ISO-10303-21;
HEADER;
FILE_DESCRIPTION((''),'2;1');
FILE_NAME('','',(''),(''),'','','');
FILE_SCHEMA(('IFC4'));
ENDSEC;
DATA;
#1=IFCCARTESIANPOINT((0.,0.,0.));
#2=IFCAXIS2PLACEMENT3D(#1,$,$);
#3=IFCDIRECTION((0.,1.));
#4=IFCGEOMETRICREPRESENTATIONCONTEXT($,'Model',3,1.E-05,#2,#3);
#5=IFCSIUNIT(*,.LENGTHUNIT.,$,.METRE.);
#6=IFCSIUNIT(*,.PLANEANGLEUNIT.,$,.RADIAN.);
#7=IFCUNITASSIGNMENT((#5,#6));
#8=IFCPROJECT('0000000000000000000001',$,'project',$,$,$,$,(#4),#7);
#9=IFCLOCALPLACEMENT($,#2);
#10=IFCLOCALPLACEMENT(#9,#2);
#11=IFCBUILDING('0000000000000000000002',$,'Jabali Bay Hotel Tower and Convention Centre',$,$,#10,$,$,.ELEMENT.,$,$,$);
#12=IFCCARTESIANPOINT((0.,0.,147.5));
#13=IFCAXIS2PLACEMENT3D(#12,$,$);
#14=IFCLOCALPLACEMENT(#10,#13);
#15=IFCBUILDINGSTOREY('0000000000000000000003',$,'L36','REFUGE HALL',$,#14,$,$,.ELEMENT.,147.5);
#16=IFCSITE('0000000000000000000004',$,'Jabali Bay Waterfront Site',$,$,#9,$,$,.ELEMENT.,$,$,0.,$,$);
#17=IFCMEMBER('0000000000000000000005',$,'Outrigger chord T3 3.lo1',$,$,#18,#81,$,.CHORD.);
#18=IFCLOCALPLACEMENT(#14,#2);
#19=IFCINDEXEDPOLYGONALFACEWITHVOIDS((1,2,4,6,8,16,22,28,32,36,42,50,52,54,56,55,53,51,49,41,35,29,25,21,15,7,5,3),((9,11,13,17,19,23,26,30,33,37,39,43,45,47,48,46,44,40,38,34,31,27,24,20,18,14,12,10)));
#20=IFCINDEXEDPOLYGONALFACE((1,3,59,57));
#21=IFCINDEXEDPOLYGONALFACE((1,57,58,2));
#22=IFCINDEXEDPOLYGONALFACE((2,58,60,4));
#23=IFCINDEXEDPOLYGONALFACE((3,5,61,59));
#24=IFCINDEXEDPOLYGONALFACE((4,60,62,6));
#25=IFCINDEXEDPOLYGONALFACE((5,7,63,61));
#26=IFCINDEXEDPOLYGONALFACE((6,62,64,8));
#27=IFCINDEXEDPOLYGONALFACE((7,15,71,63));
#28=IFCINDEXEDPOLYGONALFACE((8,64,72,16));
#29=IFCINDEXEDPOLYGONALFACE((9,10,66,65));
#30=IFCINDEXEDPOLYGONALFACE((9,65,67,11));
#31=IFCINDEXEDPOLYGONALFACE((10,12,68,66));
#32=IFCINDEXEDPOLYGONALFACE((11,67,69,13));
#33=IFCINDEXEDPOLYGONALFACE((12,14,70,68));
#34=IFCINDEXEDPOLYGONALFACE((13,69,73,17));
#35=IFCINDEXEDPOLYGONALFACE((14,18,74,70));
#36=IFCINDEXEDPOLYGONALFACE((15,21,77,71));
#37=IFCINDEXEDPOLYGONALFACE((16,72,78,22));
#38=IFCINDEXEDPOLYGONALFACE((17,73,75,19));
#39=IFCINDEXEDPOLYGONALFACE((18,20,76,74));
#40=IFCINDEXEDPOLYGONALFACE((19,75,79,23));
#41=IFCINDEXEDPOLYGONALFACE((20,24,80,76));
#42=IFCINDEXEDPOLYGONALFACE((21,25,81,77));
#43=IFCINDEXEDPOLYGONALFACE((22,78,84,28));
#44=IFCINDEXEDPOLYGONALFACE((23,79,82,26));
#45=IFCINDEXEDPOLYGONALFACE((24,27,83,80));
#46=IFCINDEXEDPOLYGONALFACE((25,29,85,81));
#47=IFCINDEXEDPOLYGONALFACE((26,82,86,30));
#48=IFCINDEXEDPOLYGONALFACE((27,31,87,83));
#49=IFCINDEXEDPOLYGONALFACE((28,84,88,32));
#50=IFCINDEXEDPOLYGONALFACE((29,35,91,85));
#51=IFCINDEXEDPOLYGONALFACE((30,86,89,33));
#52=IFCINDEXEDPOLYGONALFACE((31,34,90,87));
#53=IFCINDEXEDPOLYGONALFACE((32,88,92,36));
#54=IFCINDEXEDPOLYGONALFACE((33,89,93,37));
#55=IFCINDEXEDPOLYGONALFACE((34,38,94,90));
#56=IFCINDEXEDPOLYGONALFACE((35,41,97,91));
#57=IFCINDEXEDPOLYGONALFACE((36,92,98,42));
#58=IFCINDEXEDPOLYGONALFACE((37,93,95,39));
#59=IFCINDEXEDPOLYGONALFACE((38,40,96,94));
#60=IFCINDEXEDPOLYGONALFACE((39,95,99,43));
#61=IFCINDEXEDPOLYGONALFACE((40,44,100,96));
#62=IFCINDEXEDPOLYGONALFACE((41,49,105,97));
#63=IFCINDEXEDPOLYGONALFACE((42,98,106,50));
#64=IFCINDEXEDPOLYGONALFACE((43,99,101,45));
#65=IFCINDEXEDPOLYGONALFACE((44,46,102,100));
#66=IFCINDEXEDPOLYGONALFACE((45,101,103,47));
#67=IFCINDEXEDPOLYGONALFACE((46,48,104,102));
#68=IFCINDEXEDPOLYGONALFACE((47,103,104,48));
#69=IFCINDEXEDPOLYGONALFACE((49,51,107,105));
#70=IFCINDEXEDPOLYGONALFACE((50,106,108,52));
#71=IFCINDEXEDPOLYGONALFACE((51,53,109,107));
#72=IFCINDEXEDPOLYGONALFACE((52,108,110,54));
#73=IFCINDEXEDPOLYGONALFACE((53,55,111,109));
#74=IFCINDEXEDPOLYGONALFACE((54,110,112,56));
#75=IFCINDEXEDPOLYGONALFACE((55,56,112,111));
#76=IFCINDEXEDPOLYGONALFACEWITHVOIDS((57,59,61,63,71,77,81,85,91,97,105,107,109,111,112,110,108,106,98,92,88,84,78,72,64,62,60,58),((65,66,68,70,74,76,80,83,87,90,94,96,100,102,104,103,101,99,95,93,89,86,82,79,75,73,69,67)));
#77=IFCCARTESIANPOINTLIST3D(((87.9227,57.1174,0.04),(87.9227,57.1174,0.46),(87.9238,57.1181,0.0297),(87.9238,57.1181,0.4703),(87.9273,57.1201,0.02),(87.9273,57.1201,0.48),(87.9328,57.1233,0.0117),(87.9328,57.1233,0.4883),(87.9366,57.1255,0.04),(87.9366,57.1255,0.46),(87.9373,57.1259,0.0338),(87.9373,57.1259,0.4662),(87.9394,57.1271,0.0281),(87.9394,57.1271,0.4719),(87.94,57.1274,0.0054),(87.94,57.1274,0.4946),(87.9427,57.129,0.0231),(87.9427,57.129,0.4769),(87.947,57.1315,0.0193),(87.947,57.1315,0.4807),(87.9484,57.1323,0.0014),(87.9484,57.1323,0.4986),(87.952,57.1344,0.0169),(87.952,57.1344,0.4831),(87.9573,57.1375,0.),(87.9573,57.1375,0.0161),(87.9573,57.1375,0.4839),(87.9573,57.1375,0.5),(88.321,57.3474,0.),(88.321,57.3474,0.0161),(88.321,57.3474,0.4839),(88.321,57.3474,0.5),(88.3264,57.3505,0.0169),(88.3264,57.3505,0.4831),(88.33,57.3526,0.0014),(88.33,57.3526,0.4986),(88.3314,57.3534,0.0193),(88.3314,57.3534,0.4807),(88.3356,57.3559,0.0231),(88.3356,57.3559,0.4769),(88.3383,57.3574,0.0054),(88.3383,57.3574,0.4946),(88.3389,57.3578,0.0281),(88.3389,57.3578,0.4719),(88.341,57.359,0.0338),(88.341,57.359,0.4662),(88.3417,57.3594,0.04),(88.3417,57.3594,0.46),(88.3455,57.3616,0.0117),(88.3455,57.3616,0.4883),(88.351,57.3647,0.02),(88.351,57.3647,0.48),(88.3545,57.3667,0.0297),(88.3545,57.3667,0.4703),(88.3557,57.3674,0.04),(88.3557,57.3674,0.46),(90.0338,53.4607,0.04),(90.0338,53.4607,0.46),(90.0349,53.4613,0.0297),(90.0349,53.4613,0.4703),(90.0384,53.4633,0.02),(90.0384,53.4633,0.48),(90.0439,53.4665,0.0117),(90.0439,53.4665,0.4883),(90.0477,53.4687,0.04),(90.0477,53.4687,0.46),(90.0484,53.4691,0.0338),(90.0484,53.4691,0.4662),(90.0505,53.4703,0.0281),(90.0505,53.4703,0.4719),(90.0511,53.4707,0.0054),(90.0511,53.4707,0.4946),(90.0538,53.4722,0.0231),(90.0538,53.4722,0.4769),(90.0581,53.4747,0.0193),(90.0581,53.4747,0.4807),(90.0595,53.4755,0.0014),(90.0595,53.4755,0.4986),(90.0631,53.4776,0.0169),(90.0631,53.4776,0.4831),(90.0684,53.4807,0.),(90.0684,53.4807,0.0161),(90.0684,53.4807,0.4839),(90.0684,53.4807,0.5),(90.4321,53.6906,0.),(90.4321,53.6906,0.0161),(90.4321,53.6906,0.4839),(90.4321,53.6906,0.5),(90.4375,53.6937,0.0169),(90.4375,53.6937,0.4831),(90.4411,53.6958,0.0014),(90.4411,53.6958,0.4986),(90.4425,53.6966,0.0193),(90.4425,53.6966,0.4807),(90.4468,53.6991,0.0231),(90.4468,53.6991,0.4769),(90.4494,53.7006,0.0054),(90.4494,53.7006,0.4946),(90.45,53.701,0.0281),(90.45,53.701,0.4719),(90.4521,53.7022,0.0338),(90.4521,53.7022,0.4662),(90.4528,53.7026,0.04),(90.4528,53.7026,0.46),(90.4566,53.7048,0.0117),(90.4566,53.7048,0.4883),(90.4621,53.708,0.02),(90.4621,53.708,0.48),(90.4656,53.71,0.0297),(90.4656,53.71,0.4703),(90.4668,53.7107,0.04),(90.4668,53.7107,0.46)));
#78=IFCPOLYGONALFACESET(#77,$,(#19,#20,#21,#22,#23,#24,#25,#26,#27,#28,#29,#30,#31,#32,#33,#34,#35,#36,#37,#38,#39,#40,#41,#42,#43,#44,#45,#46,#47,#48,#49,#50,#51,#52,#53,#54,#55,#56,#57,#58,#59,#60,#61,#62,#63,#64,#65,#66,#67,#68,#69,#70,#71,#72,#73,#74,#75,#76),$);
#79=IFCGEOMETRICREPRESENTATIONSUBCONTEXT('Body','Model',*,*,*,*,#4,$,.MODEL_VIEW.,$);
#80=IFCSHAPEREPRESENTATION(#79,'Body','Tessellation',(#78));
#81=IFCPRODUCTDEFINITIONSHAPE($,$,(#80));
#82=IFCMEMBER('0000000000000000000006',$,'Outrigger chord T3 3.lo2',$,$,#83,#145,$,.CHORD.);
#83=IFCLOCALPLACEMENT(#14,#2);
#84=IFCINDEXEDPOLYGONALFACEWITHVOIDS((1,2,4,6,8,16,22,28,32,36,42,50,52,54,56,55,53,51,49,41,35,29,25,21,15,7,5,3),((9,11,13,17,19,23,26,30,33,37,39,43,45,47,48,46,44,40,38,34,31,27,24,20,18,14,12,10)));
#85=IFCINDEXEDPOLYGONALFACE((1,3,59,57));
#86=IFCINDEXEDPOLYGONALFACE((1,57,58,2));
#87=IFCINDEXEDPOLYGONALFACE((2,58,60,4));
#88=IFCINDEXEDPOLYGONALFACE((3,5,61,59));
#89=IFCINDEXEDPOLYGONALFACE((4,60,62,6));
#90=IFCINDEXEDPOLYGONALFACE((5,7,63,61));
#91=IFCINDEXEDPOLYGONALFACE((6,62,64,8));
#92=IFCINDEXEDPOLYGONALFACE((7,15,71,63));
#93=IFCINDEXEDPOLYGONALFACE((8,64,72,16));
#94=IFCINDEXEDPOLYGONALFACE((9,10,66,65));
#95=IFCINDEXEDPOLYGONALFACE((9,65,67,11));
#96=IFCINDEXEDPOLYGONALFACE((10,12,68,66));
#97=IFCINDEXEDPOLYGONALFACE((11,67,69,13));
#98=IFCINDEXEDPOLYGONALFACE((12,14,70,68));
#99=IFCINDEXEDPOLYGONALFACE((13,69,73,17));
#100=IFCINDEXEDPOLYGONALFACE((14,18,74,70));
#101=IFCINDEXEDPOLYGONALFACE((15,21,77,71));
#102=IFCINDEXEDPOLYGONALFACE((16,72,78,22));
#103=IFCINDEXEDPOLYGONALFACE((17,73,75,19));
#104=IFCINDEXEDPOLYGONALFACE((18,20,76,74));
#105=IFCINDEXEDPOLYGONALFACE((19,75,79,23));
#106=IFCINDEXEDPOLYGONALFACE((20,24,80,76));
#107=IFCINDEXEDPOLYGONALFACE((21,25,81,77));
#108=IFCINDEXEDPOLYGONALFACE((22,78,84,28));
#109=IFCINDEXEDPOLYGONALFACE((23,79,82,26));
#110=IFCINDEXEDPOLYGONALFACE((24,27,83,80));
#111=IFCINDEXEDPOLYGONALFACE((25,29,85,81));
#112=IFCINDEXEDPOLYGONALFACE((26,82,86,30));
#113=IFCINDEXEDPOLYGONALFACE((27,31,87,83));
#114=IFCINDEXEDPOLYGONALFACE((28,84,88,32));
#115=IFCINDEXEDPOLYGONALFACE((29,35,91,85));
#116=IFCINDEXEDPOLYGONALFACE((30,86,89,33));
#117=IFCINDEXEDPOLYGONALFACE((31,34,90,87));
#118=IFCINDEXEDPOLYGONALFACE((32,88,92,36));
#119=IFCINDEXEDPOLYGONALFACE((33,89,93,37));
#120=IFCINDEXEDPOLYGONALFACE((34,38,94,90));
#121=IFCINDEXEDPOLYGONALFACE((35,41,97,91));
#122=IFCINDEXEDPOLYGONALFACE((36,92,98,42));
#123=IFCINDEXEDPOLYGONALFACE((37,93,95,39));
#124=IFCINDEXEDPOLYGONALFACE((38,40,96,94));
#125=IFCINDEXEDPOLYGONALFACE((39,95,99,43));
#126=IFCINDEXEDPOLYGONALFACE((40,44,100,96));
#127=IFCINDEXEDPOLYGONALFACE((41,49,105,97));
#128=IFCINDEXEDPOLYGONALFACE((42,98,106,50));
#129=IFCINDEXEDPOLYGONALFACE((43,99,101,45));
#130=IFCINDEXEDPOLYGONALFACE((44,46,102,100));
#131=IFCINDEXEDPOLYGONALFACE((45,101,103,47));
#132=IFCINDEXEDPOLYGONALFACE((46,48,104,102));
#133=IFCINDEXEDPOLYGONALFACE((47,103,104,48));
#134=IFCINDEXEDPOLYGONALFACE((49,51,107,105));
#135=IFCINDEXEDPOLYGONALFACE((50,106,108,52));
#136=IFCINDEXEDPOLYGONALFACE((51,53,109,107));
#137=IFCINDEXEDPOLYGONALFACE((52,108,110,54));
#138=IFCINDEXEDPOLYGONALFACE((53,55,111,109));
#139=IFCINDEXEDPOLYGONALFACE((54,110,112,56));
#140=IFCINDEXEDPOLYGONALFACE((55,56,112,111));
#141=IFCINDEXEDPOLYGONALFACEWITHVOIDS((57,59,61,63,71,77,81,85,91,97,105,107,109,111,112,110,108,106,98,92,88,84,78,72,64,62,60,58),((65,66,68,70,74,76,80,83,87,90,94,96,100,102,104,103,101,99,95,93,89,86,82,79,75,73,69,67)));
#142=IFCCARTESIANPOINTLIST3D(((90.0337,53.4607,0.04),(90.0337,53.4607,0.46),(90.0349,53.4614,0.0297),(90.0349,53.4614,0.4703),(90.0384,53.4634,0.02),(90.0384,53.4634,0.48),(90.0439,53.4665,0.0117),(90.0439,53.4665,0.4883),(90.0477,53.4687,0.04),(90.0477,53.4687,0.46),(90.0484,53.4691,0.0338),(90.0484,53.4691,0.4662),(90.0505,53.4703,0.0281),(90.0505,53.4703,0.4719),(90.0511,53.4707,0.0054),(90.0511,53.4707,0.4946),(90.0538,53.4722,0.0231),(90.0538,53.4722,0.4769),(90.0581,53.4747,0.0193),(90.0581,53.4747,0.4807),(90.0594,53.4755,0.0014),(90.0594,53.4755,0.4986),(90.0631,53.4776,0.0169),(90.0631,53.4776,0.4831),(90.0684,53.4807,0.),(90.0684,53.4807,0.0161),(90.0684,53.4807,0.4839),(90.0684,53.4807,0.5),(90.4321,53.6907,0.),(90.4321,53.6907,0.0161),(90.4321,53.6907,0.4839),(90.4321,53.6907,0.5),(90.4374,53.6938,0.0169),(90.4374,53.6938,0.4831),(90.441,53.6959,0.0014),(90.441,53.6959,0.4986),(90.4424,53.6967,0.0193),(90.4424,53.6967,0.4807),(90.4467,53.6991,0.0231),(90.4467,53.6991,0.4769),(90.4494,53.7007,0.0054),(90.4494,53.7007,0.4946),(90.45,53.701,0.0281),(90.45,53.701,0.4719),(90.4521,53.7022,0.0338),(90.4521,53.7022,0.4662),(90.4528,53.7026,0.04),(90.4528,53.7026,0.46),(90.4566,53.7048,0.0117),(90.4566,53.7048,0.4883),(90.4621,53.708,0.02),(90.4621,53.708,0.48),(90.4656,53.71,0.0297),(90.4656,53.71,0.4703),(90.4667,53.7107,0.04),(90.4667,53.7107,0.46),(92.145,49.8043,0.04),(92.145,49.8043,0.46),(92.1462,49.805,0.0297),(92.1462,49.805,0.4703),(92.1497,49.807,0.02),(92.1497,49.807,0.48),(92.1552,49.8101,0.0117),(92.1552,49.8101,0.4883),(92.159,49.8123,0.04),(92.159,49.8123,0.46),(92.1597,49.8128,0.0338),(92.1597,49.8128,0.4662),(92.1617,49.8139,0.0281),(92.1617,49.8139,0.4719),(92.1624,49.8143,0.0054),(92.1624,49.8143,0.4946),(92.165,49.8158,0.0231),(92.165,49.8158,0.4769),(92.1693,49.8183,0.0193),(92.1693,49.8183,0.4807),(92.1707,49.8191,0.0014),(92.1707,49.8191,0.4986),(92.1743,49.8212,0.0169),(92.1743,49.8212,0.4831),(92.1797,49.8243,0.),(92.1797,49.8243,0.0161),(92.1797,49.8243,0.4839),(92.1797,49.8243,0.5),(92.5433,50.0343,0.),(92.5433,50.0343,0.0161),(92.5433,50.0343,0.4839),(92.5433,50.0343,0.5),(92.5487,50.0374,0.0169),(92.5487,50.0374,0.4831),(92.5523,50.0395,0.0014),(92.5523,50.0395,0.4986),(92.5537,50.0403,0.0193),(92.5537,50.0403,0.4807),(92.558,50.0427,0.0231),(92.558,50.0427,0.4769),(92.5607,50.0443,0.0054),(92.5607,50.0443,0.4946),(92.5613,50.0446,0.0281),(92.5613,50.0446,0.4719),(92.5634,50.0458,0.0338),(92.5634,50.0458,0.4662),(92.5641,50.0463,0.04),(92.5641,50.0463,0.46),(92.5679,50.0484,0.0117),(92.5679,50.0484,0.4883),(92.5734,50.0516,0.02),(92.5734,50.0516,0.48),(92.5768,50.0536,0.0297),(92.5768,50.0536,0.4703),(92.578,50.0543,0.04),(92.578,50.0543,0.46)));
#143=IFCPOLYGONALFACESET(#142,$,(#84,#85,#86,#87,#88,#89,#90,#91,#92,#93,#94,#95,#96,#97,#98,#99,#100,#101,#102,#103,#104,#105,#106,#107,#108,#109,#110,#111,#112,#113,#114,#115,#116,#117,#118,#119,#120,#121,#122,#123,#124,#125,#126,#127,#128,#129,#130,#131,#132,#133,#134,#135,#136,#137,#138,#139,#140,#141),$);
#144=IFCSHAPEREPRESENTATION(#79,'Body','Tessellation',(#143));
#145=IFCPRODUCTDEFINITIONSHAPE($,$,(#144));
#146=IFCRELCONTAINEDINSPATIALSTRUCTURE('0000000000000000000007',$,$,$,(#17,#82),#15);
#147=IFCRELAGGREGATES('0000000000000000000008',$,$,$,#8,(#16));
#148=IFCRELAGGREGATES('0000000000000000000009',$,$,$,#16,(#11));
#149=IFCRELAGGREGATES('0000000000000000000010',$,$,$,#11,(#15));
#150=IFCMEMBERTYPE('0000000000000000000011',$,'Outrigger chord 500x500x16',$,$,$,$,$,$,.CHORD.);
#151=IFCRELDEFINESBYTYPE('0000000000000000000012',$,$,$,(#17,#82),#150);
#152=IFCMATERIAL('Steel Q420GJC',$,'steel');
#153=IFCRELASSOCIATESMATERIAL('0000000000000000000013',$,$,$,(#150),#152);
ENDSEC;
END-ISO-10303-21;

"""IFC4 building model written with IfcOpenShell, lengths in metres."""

from ifc_helpers import new_model, si_unit, direction, frame, origin, origin_2d, place, context, subcontext, project, spatial, hollow_rectangle, extrude, material, material_profile, profile_set, type_object, element, save


model = new_model("IFC4")

# Units and contexts
model_context = context("Model", 3, precision=1e-05, world=origin(), true_north=direction((0.0, 1.0)))
body_context = subcontext(model_context, "Body", "Model", "MODEL_VIEW")
ifc_project = project(units=[si_unit("LENGTHUNIT", "METRE"), si_unit("PLANEANGLEUNIT", "RADIAN")], contexts=[model_context])

# Site, building, storey
site_placement = place(None, origin())
site = spatial("IfcSite", under=ifc_project, at=site_placement, Name="Jabali Bay Waterfront Site", CompositionType="ELEMENT", RefElevation=0.0)
building_placement = place(site_placement, origin())
building = spatial("IfcBuilding", under=site, at=building_placement, Name="Jabali Bay Hotel Tower and Convention Centre", CompositionType="ELEMENT")
storey_placement = place(building_placement, frame((0.0, 0.0, 147.5)))
storey = spatial("IfcBuildingStorey", under=building, at=storey_placement, Name="L36", Description="REFUGE HALL", CompositionType="ELEMENT", Elevation=147.5)

# Members
ifc_material_1 = material(Name="Steel Q420GJC", Category="steel")
ifc_material_profile_1 = material_profile(ifc_material_1, hollow_rectangle(XDim=0.5, YDim=0.5, WallThickness=0.0161, InnerFilletRadius=0.0239, OuterFilletRadius=0.04, at=origin_2d()), Name="Outrigger chord 500x500x16")
ifc_profile_set_1 = profile_set([ifc_material_profile_1], Name="Steel Q420GJC")
member_type_1 = type_object("IfcMemberType", Name="Outrigger chord 500x500x16", PredefinedType="CHORD", material=ifc_profile_set_1)
member_1_placement = place(storey_placement, frame((88.1392, 57.2424, 0.25), z_axis=(0.499976, -0.866039, 0.0), x_axis=(0.866039, 0.499976, 0.0)))
element("IfcMember", 1, at=member_1_placement, inside=storey, type_object=member_type_1, Name="Outrigger chord T3 3.lo1", PredefinedType="CHORD", context=body_context, shape_type="SweptSolid", body=[
    extrude(hollow_rectangle(XDim=0.5, YDim=0.5, WallThickness=0.0161, InnerFilletRadius=0.0239, OuterFilletRadius=0.04, at=origin_2d()), origin(), (0.0, 0.0, 1.0), 4.2224),
])
member_2_placement = place(storey_placement, frame((90.2502, 53.5857, 0.25), z_axis=(0.500044, -0.866, 0.0), x_axis=(0.866, 0.500044, 0.0)))
element("IfcMember", 2, at=member_2_placement, inside=storey, type_object=member_type_1, Name="Outrigger chord T3 3.lo2", PredefinedType="CHORD", context=body_context, shape_type="SweptSolid", body=[
    extrude(hollow_rectangle(XDim=0.5, YDim=0.5, WallThickness=0.0161, InnerFilletRadius=0.0239, OuterFilletRadius=0.04, at=origin_2d()), origin(), (0.0, 0.0, 1.0), 4.2222),
])

save(model, "model.ifc")
